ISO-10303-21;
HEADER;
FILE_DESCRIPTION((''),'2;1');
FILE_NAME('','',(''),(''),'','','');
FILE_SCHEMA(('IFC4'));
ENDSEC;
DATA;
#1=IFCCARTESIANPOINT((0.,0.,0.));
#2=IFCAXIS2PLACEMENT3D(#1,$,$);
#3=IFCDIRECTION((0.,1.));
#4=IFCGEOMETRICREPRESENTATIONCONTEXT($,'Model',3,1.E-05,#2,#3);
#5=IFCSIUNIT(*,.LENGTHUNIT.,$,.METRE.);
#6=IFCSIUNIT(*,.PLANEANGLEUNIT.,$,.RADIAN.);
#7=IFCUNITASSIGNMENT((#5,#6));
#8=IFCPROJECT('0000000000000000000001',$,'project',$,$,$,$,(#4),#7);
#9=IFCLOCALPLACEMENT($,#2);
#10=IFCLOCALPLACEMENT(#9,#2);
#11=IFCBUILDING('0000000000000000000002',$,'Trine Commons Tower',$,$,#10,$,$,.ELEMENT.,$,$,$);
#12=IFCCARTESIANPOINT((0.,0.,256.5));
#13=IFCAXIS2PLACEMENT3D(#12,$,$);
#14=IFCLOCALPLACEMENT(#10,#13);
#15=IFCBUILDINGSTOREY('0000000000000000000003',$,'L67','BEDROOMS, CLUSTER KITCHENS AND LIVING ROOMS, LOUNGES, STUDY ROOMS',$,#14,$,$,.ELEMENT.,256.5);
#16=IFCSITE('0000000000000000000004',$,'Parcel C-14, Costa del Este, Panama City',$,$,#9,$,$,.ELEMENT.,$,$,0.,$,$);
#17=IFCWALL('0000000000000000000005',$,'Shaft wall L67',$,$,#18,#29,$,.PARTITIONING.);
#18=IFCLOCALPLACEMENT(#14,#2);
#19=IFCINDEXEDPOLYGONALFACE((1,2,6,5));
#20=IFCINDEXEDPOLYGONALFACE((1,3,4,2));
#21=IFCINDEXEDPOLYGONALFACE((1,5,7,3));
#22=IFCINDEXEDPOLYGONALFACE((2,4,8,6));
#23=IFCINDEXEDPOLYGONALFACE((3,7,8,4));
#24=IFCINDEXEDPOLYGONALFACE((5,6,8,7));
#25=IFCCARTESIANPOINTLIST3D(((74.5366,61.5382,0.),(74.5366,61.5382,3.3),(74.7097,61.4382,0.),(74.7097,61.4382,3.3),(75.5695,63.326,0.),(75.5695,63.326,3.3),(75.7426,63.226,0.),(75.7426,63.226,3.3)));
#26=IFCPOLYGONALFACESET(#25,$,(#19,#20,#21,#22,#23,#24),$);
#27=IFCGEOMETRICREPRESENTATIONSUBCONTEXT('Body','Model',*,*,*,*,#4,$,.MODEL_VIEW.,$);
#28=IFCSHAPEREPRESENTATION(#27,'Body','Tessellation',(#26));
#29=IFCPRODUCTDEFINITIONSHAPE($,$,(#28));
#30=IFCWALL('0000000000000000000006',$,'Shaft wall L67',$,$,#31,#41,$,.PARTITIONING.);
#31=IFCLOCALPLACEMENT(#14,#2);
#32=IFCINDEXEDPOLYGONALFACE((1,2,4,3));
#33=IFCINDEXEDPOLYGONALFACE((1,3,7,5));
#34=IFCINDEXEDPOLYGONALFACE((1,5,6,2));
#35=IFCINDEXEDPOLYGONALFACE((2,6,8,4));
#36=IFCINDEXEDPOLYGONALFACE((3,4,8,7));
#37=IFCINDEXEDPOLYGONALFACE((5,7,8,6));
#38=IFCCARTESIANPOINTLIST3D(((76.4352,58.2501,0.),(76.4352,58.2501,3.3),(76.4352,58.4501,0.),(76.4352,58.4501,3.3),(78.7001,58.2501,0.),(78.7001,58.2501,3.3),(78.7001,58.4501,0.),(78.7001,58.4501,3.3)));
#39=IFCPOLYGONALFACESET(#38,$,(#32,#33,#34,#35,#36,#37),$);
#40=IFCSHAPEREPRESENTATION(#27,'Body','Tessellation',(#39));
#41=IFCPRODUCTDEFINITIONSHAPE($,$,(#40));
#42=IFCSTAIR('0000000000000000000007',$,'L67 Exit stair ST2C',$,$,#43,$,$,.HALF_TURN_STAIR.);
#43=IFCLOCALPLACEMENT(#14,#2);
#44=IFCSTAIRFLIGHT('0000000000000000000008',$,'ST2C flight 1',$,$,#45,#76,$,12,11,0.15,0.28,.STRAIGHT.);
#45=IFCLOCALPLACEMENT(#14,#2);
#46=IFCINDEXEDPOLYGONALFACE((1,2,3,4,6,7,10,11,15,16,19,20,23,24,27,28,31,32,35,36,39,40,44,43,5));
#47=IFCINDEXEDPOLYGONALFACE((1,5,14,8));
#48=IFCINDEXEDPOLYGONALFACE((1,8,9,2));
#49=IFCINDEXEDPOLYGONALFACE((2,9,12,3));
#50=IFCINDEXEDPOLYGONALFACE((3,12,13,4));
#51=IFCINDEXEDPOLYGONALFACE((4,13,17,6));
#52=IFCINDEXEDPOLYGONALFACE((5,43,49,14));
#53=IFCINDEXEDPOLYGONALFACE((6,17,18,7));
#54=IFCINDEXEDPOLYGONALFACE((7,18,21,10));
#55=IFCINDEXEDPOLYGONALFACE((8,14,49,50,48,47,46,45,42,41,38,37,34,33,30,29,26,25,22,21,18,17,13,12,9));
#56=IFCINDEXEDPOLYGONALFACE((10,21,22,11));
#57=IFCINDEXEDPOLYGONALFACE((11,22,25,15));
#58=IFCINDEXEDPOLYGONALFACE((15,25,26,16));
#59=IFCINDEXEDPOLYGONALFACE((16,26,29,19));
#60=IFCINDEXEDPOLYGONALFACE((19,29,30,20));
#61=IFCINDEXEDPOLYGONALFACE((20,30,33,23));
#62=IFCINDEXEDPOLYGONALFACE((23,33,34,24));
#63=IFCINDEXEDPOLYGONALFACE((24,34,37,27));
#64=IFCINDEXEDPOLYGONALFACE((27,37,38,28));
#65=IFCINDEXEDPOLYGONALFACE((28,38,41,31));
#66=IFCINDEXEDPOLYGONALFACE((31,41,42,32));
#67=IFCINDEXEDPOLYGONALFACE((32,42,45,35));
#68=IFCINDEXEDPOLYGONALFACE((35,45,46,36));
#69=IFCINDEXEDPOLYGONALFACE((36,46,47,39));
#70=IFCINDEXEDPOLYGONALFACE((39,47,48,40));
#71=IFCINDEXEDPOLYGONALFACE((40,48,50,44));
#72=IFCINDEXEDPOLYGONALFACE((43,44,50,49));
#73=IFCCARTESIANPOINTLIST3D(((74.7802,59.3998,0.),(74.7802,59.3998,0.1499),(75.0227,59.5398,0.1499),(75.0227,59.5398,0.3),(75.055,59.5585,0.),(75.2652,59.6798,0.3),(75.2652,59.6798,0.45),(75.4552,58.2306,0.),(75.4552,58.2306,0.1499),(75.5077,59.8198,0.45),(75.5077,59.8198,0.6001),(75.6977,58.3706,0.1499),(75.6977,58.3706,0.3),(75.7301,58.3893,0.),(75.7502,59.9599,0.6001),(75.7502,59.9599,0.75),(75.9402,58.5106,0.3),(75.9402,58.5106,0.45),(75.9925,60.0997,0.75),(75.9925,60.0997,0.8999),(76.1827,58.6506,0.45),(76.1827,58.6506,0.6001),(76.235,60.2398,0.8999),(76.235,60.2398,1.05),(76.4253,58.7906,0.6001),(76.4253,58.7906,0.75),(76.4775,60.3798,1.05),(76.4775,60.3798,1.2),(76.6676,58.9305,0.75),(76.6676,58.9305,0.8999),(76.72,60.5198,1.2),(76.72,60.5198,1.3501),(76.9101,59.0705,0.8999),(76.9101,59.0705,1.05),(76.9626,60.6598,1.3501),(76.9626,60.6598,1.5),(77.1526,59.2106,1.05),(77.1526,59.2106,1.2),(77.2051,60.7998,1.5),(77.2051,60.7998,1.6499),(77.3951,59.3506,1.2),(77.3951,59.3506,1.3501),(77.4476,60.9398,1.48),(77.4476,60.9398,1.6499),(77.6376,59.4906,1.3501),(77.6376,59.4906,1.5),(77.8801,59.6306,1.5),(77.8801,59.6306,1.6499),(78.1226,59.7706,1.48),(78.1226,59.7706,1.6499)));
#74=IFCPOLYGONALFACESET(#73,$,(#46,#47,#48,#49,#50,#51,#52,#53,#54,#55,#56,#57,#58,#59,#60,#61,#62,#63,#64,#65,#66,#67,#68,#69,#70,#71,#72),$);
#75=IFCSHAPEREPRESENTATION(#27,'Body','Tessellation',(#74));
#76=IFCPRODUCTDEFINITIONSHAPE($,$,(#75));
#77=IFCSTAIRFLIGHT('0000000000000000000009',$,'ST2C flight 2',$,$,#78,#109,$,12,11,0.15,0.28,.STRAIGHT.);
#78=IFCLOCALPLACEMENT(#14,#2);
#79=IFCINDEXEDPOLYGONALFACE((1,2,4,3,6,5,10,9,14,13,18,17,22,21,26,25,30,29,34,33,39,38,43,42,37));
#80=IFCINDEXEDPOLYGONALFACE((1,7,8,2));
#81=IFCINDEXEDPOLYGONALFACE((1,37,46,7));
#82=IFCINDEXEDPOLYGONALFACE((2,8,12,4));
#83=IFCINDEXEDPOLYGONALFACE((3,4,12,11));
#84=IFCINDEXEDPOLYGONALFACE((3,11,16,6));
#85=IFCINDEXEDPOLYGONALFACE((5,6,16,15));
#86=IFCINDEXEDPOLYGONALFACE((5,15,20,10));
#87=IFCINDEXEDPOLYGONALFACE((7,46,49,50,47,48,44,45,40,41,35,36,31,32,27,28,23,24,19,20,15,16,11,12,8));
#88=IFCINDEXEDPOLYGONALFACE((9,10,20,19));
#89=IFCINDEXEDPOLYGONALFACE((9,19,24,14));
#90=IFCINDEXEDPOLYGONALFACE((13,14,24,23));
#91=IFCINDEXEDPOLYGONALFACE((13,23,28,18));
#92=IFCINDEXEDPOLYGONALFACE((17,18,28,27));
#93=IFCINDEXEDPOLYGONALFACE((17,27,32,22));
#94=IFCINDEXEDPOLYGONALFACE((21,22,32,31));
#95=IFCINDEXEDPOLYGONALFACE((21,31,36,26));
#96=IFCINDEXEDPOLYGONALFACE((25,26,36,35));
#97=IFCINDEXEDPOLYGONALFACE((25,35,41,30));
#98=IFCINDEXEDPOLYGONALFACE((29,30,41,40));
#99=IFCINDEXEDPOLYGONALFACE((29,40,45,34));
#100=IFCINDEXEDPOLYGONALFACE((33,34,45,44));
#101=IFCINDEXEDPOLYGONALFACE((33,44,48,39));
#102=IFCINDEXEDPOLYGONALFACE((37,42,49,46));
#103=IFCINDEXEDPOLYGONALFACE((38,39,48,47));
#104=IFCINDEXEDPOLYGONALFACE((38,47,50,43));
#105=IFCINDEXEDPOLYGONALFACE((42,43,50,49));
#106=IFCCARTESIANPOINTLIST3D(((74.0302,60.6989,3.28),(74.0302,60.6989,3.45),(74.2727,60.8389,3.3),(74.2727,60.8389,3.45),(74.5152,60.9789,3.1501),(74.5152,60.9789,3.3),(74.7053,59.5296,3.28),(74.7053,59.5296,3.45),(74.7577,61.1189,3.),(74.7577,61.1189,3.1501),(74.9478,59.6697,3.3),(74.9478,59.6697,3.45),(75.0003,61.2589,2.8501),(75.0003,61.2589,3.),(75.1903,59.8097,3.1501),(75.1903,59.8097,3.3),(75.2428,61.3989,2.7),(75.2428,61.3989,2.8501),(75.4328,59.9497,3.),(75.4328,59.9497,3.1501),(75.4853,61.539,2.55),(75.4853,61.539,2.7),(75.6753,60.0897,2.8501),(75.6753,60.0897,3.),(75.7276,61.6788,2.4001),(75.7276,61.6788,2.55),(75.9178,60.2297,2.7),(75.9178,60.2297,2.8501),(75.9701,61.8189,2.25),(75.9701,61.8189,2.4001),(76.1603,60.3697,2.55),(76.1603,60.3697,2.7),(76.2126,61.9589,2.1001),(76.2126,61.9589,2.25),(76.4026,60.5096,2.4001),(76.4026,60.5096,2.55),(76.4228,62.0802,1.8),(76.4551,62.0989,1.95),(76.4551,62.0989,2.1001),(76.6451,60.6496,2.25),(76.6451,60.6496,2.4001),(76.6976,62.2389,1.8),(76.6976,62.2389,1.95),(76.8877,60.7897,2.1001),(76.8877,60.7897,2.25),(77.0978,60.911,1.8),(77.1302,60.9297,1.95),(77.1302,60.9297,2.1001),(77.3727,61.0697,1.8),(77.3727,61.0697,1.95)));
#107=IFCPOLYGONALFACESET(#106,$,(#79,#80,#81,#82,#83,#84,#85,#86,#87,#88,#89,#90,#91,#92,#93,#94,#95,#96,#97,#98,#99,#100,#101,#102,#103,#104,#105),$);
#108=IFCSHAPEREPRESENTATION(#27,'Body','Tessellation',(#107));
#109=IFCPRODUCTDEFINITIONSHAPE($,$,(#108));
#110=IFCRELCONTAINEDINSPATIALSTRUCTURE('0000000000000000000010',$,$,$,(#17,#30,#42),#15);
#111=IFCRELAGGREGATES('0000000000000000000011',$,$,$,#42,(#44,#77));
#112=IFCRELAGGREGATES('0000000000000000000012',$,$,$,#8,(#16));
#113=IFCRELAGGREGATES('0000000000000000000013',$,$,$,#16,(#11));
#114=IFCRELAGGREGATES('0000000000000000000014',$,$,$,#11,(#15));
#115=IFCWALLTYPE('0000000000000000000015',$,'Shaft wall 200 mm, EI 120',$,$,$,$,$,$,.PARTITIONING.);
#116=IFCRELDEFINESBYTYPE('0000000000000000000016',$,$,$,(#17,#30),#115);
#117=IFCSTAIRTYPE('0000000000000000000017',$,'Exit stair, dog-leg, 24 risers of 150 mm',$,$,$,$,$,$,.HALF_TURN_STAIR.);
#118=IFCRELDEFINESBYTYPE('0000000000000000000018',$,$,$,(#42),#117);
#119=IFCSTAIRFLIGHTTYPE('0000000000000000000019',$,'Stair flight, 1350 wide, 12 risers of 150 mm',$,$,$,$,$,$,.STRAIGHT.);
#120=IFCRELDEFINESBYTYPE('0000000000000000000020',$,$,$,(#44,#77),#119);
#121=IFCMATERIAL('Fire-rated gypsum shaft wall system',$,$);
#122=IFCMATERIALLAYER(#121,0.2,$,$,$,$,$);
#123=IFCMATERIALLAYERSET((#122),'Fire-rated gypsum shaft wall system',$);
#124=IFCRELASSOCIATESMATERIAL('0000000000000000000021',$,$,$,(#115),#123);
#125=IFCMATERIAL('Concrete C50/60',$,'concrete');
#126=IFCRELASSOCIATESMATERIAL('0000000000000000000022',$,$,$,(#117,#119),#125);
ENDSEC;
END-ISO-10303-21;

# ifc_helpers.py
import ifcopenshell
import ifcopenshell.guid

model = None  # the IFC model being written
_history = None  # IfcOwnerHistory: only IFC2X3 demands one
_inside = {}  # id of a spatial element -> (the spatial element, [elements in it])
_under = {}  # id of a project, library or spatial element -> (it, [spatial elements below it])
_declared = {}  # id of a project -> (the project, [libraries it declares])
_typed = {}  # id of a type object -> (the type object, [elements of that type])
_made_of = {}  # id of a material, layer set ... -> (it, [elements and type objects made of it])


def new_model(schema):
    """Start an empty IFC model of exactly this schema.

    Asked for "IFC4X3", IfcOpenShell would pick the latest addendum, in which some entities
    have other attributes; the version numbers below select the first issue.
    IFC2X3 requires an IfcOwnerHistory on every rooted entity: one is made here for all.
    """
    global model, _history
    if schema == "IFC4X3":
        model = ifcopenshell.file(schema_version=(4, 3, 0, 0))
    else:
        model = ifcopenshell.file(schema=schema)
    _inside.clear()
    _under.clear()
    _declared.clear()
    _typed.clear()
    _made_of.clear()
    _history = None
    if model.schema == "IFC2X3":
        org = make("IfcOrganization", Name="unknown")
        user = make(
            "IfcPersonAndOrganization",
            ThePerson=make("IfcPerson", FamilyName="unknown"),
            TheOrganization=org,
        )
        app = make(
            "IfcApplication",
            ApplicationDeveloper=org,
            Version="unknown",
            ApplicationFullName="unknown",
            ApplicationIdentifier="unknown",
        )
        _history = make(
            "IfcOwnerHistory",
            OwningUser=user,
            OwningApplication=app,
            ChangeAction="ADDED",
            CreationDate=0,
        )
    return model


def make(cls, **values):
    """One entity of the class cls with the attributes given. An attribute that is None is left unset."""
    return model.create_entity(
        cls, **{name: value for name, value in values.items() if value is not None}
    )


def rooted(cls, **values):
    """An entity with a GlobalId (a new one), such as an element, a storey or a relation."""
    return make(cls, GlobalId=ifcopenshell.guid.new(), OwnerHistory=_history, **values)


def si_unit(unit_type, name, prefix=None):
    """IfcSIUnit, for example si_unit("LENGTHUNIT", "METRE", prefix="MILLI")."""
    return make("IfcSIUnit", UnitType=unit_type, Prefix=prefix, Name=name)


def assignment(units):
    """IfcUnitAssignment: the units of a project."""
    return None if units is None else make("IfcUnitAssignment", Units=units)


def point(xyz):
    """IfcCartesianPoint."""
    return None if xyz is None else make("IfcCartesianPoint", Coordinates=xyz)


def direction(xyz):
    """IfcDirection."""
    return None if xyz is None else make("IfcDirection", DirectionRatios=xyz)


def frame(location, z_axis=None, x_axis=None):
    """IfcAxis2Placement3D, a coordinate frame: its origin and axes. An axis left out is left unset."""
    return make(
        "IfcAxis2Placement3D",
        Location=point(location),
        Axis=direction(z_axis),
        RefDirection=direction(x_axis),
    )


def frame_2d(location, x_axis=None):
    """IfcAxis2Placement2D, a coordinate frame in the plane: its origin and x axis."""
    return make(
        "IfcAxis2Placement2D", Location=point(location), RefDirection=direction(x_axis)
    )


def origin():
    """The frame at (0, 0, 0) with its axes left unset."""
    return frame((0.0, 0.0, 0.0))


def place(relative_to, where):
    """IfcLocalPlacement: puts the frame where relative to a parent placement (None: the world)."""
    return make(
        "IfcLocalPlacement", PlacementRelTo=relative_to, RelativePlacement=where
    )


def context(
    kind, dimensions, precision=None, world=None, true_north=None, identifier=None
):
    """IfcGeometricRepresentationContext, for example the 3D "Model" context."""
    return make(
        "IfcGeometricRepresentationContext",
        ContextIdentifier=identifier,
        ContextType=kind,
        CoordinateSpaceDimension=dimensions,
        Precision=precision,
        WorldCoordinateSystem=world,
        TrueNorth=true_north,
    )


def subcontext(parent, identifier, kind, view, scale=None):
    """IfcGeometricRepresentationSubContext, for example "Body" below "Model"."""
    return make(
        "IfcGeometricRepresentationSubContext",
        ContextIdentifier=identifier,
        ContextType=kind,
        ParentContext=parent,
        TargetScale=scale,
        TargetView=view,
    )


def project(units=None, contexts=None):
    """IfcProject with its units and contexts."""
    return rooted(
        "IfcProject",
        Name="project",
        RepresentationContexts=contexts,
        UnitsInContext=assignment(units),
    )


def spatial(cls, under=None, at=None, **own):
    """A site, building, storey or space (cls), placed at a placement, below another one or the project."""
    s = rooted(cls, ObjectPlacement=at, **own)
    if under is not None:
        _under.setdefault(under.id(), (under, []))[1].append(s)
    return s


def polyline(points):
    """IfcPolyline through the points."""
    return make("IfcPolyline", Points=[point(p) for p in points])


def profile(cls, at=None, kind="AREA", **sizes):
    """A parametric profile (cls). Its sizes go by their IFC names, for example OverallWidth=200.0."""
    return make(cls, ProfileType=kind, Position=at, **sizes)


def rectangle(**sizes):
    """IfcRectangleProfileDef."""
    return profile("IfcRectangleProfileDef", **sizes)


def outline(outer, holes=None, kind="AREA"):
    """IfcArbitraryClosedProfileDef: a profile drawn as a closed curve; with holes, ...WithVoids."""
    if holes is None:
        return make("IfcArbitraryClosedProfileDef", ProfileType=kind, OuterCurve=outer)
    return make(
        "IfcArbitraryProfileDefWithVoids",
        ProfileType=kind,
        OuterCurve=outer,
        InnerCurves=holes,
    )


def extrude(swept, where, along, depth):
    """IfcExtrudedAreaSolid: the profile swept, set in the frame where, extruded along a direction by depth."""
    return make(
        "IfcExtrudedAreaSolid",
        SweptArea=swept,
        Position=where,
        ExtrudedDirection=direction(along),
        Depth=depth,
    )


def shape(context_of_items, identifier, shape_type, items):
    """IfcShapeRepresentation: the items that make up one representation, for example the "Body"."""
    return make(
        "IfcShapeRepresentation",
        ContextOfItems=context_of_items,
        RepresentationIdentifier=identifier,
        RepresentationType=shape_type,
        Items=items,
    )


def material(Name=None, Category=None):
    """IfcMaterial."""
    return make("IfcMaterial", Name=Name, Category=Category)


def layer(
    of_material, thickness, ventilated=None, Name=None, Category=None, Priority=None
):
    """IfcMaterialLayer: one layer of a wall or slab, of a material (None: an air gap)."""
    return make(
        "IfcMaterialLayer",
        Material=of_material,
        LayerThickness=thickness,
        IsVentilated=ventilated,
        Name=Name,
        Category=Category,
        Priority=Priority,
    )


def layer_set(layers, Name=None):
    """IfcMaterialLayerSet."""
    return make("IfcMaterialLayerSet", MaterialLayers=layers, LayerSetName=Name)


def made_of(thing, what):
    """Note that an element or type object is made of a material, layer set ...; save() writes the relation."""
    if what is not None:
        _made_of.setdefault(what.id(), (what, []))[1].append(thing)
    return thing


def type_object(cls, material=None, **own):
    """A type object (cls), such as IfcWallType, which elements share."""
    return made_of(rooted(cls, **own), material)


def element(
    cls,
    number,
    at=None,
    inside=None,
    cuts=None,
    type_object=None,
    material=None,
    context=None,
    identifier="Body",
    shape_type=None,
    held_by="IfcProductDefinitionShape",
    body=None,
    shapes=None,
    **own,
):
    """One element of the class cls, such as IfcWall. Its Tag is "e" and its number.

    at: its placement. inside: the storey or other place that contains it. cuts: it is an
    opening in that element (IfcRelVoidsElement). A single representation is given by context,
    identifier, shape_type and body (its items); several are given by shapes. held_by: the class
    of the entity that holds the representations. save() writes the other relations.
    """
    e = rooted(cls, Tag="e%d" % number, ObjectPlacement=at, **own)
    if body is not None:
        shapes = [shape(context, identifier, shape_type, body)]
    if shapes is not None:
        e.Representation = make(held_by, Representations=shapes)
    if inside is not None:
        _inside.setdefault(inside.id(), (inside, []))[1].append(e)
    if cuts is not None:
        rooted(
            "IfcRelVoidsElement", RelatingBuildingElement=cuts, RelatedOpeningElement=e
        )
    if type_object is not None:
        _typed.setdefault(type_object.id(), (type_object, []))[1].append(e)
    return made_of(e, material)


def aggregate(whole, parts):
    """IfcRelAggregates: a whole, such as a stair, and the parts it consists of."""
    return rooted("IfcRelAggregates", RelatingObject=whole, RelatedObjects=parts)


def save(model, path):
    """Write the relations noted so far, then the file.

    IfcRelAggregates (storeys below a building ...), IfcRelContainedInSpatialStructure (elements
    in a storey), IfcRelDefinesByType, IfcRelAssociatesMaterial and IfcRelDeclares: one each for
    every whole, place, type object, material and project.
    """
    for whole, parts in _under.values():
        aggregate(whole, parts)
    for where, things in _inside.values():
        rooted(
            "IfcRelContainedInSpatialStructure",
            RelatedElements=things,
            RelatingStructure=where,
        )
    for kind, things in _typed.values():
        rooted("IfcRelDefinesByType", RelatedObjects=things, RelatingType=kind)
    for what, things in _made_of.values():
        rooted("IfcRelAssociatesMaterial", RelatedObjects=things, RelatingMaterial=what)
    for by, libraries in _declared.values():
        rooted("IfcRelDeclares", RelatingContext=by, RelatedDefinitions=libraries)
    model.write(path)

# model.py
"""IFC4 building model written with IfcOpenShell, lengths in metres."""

from ifc_helpers import new_model, si_unit, direction, frame, frame_2d, origin, place, context, subcontext, project, spatial, polyline, rectangle, outline, extrude, material, layer, layer_set, type_object, element, aggregate, save


model = new_model("IFC4")

# Units and contexts
model_context = context("Model", 3, precision=1e-05, world=origin(), true_north=direction((0.0, 1.0)))
body_context = subcontext(model_context, "Body", "Model", "MODEL_VIEW")
ifc_project = project(units=[si_unit("LENGTHUNIT", "METRE"), si_unit("PLANEANGLEUNIT", "RADIAN")], contexts=[model_context])

# Site, building, storey
site_placement = place(None, origin())
site = spatial("IfcSite", under=ifc_project, at=site_placement, Name="Parcel C-14, Costa del Este, Panama City", CompositionType="ELEMENT", RefElevation=0.0)
building_placement = place(site_placement, origin())
building = spatial("IfcBuilding", under=site, at=building_placement, Name="Trine Commons Tower", CompositionType="ELEMENT")
storey_placement = place(building_placement, frame((0.0, 0.0, 256.5)))
storey = spatial("IfcBuildingStorey", under=building, at=storey_placement, Name="L67", Description="BEDROOMS, CLUSTER KITCHENS AND LIVING ROOMS, LOUNGES, STUDY ROOMS", CompositionType="ELEMENT", Elevation=256.5)

# Shared definitions
ifc_material_1 = material(Name="Fire-rated gypsum shaft wall system")
ifc_material_2 = material(Name="Concrete C50/60", Category="concrete")

# Walls
ifc_layer_1 = layer(ifc_material_1, 0.2)
ifc_layer_set_1 = layer_set([ifc_layer_1], Name="Fire-rated gypsum shaft wall system")
wall_type_1 = type_object("IfcWallType", Name="Shaft wall 200 mm, EI 120", PredefinedType="PARTITIONING", material=ifc_layer_set_1)
wall_1_placement = place(storey_placement, frame((75.656, 63.2759, 0.0), z_axis=(0.0, 0.0, 1.0), x_axis=(-0.500272, -0.865868, 0.0)))
element("IfcWall", 1, at=wall_1_placement, inside=storey, type_object=wall_type_1, Name="Shaft wall L67", PredefinedType="PARTITIONING", context=body_context, shape_type="SweptSolid", body=[
    extrude(rectangle(XDim=2.0647, YDim=0.2, at=frame_2d((1.0322, 0.0))), origin(), (0.0, 0.0, 1.0), 3.3),
])
wall_2_placement = place(storey_placement, frame((78.7, 58.3501, 0.0), z_axis=(0.0, 0.0, 1.0), x_axis=(-1.0, 0.0, 0.0)))
element("IfcWall", 2, at=wall_2_placement, inside=storey, type_object=wall_type_1, Name="Shaft wall L67", PredefinedType="PARTITIONING", context=body_context, shape_type="SweptSolid", body=[
    extrude(rectangle(XDim=2.2649, YDim=0.2, at=frame_2d((1.1323, 0.0))), origin(), (0.0, 0.0, 1.0), 3.3),
])

# Stair, stair flights
stair_type = type_object("IfcStairType", Name="Exit stair, dog-leg, 24 risers of 150 mm", PredefinedType="HALF_TURN_STAIR", material=ifc_material_2)
stair_placement = place(storey_placement, origin())
stair = element("IfcStair", 3, at=stair_placement, inside=storey, type_object=stair_type, Name="L67 Exit stair ST2C", PredefinedType="HALF_TURN_STAIR")
stair_flight_type = type_object("IfcStairFlightType", Name="Stair flight, 1350 wide, 12 risers of 150 mm", PredefinedType="STRAIGHT", material=ifc_material_2)
stair_flight_1_placement = place(storey_placement, frame((75.1177, 58.8152, 0.0), z_axis=(0.0, 0.0, 1.0), x_axis=(0.866025, 0.5, 0.0)))
stair_flight_1 = element("IfcStairFlight", 4, at=stair_flight_1_placement, type_object=stair_flight_type, Name="ST2C flight 1", NumberOfRisers=12, NumberOfTreads=11, PredefinedType="STRAIGHT", RiserHeight=0.15, TreadLength=0.28, context=body_context, shape_type="SweptSolid", body=[
    extrude(outline(polyline([(0.0, 0.0), (0.0, 0.1499), (0.28, 0.1499), (0.28, 0.3), (0.5601, 0.3), (0.5601, 0.45), (0.8401, 0.45), (0.8401, 0.6001), (1.1201, 0.6001), (1.1201, 0.75), (1.3999, 0.75), (1.3999, 0.8999), (1.6799, 0.8999), (1.6799, 1.05), (1.96, 1.05), (1.96, 1.2), (2.24, 1.2), (2.24, 1.3501), (2.52, 1.3501), (2.52, 1.5), (2.8, 1.5), (2.8, 1.6499), (3.0801, 1.6499), (3.0801, 1.8), (3.0801, 1.48), (0.3174, 0.0), (0.0, 0.0)])), frame((0.0, 0.675, 0.0), z_axis=(0.0, -1.0, 0.0), x_axis=(1.0, 0.0, 0.0)), (0.0, 0.0, 1.0), 1.3501),
])
stair_flight_2_placement = place(storey_placement, frame((77.0352, 61.6543, 1.8), z_axis=(0.0, 0.0, 1.0), x_axis=(-0.866025, -0.5, 0.0)))
stair_flight_2 = element("IfcStairFlight", 5, at=stair_flight_2_placement, type_object=stair_flight_type, Name="ST2C flight 2", NumberOfRisers=12, NumberOfTreads=11, PredefinedType="STRAIGHT", RiserHeight=0.15, TreadLength=0.28, context=body_context, shape_type="SweptSolid", body=[
    extrude(outline(polyline([(0.0, 0.0), (0.0, 0.1499), (0.28, 0.1499), (0.28, 0.3), (0.5601, 0.3), (0.5601, 0.45), (0.8401, 0.45), (0.8401, 0.6001), (1.1201, 0.6001), (1.1201, 0.75), (1.3999, 0.75), (1.3999, 0.8999), (1.6799, 0.8999), (1.6799, 1.05), (1.96, 1.05), (1.96, 1.2), (2.24, 1.2), (2.24, 1.3501), (2.52, 1.3501), (2.52, 1.5), (2.8, 1.5), (2.8, 1.6499), (3.0801, 1.6499), (3.0801, 1.8), (3.0801, 1.48), (0.3174, 0.0), (0.0, 0.0)])), frame((0.0, 0.675, 0.0), z_axis=(0.0, -1.0, 0.0), x_axis=(1.0, 0.0, 0.0)), (0.0, 0.0, 1.0), 1.3501),
])
aggregate(stair, [stair_flight_1, stair_flight_2])

save(model, "model.ifc")
